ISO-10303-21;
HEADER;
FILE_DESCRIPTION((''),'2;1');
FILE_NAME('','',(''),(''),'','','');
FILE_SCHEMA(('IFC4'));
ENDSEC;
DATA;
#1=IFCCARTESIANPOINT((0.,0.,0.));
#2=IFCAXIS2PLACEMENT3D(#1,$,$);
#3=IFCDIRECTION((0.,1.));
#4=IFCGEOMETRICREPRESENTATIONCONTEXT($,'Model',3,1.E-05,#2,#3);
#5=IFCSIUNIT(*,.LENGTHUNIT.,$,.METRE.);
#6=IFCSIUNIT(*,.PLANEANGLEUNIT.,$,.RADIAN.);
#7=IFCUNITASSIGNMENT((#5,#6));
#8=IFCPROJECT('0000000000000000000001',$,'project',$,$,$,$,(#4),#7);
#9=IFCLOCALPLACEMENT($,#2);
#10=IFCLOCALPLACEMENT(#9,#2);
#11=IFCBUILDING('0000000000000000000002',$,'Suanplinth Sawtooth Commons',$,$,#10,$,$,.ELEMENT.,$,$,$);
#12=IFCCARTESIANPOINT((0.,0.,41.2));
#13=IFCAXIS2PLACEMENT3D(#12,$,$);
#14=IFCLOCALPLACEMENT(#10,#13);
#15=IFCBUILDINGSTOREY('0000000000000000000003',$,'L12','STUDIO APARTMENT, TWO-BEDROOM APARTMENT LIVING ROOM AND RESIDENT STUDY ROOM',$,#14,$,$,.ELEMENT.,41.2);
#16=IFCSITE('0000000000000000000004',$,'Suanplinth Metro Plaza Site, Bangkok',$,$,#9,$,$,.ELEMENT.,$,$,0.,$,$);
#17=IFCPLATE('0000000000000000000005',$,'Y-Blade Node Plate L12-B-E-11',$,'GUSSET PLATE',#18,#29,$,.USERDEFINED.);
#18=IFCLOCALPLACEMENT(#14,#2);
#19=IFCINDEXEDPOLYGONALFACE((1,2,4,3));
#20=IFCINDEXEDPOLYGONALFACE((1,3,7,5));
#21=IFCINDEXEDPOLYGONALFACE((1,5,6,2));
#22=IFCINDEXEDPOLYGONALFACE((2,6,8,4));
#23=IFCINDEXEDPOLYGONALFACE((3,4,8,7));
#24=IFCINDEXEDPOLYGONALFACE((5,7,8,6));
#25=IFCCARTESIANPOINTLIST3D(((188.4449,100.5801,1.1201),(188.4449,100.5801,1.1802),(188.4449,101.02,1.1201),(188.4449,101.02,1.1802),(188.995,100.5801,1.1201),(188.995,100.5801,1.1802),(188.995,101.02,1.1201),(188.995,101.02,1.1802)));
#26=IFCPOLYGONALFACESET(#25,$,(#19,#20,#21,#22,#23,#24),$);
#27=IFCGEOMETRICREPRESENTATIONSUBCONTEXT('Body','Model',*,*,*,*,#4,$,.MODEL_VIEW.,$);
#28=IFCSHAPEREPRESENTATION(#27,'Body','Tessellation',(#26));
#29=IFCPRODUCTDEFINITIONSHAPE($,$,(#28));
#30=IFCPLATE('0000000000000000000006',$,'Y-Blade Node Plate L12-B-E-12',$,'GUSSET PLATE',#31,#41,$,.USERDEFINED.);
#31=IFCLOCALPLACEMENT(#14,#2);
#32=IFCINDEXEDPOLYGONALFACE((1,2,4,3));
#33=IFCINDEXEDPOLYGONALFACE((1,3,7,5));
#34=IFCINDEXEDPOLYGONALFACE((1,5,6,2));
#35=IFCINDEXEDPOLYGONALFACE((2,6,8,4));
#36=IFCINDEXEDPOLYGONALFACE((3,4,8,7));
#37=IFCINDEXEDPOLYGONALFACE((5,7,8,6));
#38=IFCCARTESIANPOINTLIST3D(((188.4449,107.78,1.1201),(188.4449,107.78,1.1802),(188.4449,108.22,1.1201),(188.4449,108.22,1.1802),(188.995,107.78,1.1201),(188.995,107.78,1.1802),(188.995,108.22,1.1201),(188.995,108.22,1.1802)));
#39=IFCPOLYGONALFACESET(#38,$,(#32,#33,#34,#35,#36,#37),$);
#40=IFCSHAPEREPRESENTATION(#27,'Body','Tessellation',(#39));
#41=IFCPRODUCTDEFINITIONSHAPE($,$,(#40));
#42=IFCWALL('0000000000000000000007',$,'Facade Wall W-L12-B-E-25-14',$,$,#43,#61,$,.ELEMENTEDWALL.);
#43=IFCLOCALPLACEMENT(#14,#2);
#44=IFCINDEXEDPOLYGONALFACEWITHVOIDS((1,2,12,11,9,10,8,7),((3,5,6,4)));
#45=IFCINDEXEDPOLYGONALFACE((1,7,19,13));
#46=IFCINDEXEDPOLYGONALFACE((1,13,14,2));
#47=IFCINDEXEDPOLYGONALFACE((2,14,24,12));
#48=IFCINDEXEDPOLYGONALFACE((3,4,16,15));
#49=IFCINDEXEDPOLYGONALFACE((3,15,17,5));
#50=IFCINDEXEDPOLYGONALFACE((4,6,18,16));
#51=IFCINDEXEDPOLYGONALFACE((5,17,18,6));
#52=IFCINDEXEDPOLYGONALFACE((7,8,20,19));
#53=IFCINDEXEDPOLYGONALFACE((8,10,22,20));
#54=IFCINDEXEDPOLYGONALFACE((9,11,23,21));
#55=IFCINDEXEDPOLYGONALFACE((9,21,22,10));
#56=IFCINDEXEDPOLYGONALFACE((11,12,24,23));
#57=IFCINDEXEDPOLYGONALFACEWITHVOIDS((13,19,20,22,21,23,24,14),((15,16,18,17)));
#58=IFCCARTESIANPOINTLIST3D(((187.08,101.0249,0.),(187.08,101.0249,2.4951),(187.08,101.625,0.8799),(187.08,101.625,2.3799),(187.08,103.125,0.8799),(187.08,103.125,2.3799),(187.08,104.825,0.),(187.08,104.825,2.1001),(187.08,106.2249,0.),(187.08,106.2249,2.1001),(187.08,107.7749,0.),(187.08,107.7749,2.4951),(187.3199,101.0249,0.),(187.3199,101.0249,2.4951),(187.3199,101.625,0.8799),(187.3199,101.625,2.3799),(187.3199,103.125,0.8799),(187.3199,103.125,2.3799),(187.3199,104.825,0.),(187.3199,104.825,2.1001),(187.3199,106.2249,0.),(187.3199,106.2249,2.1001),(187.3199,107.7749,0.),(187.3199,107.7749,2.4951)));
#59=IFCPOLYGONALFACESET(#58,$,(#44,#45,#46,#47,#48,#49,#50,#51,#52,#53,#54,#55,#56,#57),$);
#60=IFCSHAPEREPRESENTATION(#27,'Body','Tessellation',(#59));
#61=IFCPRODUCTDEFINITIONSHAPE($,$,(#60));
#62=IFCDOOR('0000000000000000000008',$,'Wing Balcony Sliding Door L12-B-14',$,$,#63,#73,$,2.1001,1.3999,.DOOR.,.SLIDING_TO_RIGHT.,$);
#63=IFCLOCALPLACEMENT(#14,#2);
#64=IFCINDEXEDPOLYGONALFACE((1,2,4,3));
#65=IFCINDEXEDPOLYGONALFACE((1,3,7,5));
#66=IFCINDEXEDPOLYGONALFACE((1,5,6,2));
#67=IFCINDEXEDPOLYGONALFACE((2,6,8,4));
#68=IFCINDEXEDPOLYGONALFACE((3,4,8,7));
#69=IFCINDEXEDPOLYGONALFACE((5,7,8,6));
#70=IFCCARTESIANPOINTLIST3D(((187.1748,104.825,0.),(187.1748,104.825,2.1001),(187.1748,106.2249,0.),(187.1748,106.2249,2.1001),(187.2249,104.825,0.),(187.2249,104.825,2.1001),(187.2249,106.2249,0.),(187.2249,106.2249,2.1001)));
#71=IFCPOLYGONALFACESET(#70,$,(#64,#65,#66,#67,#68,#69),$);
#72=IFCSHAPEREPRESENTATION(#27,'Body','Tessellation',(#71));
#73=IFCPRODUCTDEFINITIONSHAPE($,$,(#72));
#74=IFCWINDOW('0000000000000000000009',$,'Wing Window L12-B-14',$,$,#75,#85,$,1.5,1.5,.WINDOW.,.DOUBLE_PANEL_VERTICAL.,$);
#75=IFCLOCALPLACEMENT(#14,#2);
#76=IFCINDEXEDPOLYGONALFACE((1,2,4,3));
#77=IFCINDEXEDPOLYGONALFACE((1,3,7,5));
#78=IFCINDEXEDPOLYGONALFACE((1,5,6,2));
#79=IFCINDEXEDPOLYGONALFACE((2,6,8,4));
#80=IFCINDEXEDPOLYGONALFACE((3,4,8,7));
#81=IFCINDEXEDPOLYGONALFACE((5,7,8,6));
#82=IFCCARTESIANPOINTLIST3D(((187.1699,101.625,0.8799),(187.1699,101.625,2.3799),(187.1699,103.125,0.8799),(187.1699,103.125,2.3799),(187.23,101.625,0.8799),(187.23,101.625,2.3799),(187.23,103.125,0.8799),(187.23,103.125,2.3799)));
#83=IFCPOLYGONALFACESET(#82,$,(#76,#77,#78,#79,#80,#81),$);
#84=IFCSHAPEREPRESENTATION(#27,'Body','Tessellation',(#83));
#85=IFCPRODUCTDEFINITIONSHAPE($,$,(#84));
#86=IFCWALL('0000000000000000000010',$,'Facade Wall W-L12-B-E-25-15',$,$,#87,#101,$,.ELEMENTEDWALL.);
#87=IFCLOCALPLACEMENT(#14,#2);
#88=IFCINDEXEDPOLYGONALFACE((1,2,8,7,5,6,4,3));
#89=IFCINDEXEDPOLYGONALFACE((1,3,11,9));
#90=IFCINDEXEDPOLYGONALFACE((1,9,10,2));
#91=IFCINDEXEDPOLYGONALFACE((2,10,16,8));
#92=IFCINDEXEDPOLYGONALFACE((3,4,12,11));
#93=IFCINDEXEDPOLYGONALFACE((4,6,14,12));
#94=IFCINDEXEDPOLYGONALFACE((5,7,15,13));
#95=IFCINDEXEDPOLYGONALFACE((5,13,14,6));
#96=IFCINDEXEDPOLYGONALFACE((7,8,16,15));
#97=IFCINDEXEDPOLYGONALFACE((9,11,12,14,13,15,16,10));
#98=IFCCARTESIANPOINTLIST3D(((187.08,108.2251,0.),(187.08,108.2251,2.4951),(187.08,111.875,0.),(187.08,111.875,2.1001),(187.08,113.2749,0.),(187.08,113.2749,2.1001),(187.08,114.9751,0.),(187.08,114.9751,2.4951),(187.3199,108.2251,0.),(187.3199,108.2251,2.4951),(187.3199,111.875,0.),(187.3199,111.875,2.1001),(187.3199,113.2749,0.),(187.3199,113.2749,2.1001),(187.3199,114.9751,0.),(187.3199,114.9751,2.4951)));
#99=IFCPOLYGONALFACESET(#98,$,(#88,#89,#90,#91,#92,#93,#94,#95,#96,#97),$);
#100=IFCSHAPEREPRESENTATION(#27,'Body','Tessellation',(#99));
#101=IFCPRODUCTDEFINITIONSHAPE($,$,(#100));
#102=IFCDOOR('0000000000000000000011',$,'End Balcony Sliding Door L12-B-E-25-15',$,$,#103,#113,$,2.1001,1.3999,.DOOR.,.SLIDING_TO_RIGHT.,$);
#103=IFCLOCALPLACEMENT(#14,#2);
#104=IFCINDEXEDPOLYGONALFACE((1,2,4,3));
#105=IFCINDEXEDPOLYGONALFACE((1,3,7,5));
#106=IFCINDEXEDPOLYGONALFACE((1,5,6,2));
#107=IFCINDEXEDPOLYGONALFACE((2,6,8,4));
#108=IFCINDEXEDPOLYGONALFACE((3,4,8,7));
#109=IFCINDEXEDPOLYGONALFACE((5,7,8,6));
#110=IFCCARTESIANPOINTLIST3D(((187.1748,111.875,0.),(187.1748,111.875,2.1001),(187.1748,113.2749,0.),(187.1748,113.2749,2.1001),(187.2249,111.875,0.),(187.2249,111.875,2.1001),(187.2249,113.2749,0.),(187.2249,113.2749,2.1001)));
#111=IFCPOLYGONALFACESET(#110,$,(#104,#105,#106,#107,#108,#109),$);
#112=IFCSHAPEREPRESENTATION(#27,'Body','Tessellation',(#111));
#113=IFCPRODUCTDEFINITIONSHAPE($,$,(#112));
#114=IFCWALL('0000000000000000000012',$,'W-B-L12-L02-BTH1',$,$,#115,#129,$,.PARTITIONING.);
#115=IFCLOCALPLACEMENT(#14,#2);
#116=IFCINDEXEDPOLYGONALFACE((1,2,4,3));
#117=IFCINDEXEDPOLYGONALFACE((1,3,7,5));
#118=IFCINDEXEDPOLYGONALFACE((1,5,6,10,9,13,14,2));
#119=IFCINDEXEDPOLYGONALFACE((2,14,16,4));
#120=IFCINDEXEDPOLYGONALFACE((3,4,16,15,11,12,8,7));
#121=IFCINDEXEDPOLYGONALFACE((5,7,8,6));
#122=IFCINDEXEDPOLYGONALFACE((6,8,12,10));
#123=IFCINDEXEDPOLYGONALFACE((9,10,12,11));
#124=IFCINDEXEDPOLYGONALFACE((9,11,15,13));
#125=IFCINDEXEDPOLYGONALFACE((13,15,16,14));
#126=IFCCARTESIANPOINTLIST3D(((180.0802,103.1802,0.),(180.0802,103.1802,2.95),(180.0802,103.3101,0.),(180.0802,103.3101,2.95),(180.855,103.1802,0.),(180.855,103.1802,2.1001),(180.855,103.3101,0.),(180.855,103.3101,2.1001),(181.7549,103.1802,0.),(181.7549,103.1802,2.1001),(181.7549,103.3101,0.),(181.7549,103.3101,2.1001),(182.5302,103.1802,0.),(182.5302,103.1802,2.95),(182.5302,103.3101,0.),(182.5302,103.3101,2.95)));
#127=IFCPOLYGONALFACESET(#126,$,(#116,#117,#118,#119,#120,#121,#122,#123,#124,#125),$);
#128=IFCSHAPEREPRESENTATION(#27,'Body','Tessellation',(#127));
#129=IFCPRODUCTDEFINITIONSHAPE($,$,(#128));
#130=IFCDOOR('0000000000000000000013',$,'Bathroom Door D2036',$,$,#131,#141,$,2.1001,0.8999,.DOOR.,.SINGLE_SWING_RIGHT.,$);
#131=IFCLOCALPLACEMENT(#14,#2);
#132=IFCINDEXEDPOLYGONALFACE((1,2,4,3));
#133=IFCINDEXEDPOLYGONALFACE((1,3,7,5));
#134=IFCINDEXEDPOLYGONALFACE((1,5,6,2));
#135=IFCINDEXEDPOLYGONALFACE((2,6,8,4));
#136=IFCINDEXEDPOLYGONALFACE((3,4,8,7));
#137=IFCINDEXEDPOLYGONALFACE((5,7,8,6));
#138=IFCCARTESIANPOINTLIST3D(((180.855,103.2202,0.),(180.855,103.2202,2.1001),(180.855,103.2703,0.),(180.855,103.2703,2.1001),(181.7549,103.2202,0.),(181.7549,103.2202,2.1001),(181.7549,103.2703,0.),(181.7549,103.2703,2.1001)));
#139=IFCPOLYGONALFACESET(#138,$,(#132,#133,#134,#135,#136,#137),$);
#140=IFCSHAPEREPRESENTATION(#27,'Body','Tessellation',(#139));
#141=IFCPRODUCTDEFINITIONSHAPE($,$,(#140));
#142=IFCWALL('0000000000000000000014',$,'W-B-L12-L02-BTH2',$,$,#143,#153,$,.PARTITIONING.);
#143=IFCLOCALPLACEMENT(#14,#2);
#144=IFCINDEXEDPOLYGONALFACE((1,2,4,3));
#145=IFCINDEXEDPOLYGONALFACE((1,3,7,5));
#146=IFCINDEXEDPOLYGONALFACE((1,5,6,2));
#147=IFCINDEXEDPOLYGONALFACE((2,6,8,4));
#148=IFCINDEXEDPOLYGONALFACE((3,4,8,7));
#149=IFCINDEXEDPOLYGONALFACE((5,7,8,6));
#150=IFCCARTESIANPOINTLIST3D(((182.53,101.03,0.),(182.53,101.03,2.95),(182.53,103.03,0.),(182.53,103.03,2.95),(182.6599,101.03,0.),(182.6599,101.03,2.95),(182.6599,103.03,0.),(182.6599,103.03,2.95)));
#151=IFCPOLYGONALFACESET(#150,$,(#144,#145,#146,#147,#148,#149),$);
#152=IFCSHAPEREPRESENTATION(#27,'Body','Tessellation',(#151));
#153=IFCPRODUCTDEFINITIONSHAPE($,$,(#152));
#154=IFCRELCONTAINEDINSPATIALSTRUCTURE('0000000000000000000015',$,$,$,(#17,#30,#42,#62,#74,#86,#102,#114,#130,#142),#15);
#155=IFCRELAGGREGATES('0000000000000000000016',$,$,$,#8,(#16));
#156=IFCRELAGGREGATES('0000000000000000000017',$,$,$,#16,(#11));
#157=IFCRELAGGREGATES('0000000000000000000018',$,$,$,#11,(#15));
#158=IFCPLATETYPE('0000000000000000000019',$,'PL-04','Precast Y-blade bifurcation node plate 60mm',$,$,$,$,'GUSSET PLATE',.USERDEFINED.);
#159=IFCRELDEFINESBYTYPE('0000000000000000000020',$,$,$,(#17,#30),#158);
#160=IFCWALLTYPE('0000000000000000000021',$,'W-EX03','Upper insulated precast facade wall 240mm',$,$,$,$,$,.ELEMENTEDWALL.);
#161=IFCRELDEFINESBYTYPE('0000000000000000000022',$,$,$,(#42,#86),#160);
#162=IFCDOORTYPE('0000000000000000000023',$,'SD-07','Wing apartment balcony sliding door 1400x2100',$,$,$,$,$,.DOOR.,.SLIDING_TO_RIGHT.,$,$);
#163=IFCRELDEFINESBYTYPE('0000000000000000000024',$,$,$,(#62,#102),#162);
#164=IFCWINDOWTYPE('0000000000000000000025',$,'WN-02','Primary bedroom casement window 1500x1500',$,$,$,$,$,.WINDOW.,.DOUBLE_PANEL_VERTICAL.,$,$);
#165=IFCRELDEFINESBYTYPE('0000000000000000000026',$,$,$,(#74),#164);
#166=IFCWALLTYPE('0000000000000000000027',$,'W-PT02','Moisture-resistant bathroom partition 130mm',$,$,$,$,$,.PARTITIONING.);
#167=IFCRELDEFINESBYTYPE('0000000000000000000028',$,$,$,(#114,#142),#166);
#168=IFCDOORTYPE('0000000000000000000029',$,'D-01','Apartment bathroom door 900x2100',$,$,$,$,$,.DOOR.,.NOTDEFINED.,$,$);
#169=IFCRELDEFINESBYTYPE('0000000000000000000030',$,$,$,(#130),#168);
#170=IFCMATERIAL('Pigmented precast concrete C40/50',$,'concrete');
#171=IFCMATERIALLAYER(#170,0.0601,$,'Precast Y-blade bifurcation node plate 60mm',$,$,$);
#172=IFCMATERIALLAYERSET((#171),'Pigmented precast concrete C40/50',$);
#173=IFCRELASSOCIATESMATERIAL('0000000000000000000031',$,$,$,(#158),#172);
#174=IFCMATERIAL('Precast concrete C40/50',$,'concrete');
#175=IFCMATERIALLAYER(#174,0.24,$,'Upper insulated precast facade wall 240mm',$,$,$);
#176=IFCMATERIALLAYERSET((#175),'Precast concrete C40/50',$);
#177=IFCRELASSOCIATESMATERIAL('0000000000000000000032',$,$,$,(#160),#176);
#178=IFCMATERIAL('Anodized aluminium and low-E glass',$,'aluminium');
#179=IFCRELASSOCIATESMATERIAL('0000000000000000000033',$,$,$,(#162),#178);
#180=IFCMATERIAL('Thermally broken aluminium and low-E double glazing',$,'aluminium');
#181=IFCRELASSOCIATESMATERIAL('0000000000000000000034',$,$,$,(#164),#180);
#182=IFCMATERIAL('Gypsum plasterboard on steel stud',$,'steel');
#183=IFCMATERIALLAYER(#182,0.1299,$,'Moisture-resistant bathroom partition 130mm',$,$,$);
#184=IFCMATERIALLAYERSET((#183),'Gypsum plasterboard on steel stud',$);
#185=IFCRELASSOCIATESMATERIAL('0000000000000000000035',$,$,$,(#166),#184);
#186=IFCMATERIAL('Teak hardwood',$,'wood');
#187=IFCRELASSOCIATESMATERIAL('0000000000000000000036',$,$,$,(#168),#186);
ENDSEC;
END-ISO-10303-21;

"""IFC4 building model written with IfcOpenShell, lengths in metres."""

from ifc_helpers import new_model, si_unit, direction, frame, frame_2d, origin, origin_2d, place, context, subcontext, project, spatial, rectangle, extrude, material, layer, layer_set, type_object, element, fill, save


model = new_model("IFC4")

# Units and contexts
model_context = context("Model", 3, precision=1e-05, world=origin(), true_north=direction((0.0, 1.0)))
body_context = subcontext(model_context, "Body", "Model", "MODEL_VIEW")
ifc_project = project(units=[si_unit("LENGTHUNIT", "METRE"), si_unit("PLANEANGLEUNIT", "RADIAN")], contexts=[model_context])

# Site, building, storey
site_placement = place(None, origin())
site = spatial("IfcSite", under=ifc_project, at=site_placement, Name="Suanplinth Metro Plaza Site, Bangkok", CompositionType="ELEMENT", RefElevation=0.0)
building_placement = place(site_placement, origin())
building = spatial("IfcBuilding", under=site, at=building_placement, Name="Suanplinth Sawtooth Commons", CompositionType="ELEMENT")
storey_placement = place(building_placement, frame((0.0, 0.0, 41.2)))
storey = spatial("IfcBuildingStorey", under=building, at=storey_placement, Name="L12", Description="STUDIO APARTMENT, TWO-BEDROOM APARTMENT LIVING ROOM AND RESIDENT STUDY ROOM", CompositionType="ELEMENT", Elevation=41.2)

# Shared definitions
ifc_material_1 = material(Name="Precast concrete C40/50", Category="concrete")

# Shared definitions
ifc_material_2 = material(Name="Pigmented precast concrete C40/50", Category="concrete")

# Plates
ifc_layer_1 = layer(ifc_material_2, 0.0601, Name="Precast Y-blade bifurcation node plate 60mm")
ifc_layer_set_1 = layer_set([ifc_layer_1], Name="Pigmented precast concrete C40/50")
plate_type = type_object("IfcPlateType", Name="PL-04", Description="Precast Y-blade bifurcation node plate 60mm", ElementType="GUSSET PLATE", PredefinedType="USERDEFINED", material=ifc_layer_set_1)
for number, where, z_axis, x_axis, name in (
    (1, (188.72, 100.8, 1.1201), (0.0, 0.0, 1.0), (0.0, 1.0, 0.0), "Y-Blade Node Plate L12-B-E-11"),
    (2, (188.72, 108.0, 1.1201), (0.0, 0.0, 1.0), (0.0, 1.0, 0.0), "Y-Blade Node Plate L12-B-E-12"),
):
    element("IfcPlate", number, at=place(storey_placement, frame(where, z_axis=z_axis, x_axis=x_axis)), inside=storey, type_object=plate_type, Name=name, ObjectType="GUSSET PLATE", PredefinedType="USERDEFINED", context=body_context, shape_type="SweptSolid", body=[
        extrude(rectangle(XDim=0.4399, YDim=0.55, at=origin_2d()), origin(), (0.0, 0.0, 1.0), 0.0601),
    ])

# Wall, openings, door, window
ifc_layer_2 = layer(ifc_material_1, 0.24, Name="Upper insulated precast facade wall 240mm")
ifc_layer_set_2 = layer_set([ifc_layer_2], Name="Precast concrete C40/50")
wall_type_1 = type_object("IfcWallType", Name="W-EX03", Description="Upper insulated precast facade wall 240mm", PredefinedType="ELEMENTEDWALL", material=ifc_layer_set_2)
wall_1_placement = place(storey_placement, frame((187.2, 101.0249, 0.0), z_axis=(0.0, 0.0, 1.0), x_axis=(0.0, 1.0, 0.0)))
wall_1 = element("IfcWall", 3, at=wall_1_placement, inside=storey, type_object=wall_type_1, Name="Facade Wall W-L12-B-E-25-14", PredefinedType="ELEMENTEDWALL", context=body_context, shape_type="SweptSolid", body=[
    extrude(rectangle(XDim=6.75, YDim=0.24, at=frame_2d((3.375, 0.0))), origin(), (0.0, 0.0, 1.0), 2.4951),
])
opening_1_placement = place(wall_1_placement, frame((3.8, 0.0, 0.0)))
opening_1 = element("IfcOpeningElement", 4, at=opening_1_placement, cuts=wall_1, PredefinedType="OPENING", context=body_context, shape_type="SweptSolid", body=[
    extrude(rectangle(XDim=1.3999, YDim=2.1001, at=frame_2d((0.7, 1.05))), frame((0.0, 0.1348, 0.0), z_axis=(0.0, -1.0, 0.0), x_axis=(1.0, 0.0, 0.0)), (0.0, 0.0, 1.0), 0.2698),
])
opening_2_placement = place(wall_1_placement, frame((0.6001, 0.0, 0.8799)))
opening_2 = element("IfcOpeningElement", 5, at=opening_2_placement, cuts=wall_1, PredefinedType="OPENING", context=body_context, shape_type="SweptSolid", body=[
    extrude(rectangle(XDim=1.5, YDim=1.5, at=frame_2d((0.75, 0.75))), frame((0.0, 0.1348, 0.0), z_axis=(0.0, -1.0, 0.0), x_axis=(1.0, 0.0, 0.0)), (0.0, 0.0, 1.0), 0.2698),
])
ifc_material_3 = material(Name="Anodized aluminium and low-E glass", Category="aluminium")
door_type_1 = type_object("IfcDoorType", Name="SD-07", Description="Wing apartment balcony sliding door 1400x2100", OperationType="SLIDING_TO_RIGHT", PredefinedType="DOOR", material=ifc_material_3)
door_1_placement = place(opening_1_placement, frame((1.3999, 0.0, 0.0), z_axis=(0.0, 0.0, 1.0), x_axis=(-1.0, 0.0, 0.0)))
door_1 = element("IfcDoor", 6, at=door_1_placement, inside=storey, type_object=door_type_1, Name="Wing Balcony Sliding Door L12-B-14", OperationType="SLIDING_TO_RIGHT", OverallHeight=2.1001, OverallWidth=1.3999, PredefinedType="DOOR", context=body_context, shape_type="SweptSolid", body=[
    extrude(rectangle(XDim=1.3999, YDim=2.1001, at=frame_2d((0.7, 1.05))), frame((0.0, 0.0249, 0.0), z_axis=(0.0, -1.0, 0.0), x_axis=(1.0, 0.0, 0.0)), (0.0, 0.0, 1.0), 0.05),
])
fill(opening_1, door_1)
ifc_material_4 = material(Name="Thermally broken aluminium and low-E double glazing", Category="aluminium")
window_type = type_object("IfcWindowType", Name="WN-02", Description="Primary bedroom casement window 1500x1500", PartitioningType="DOUBLE_PANEL_VERTICAL", PredefinedType="WINDOW", material=ifc_material_4)
window_placement = place(opening_2_placement, origin())
window = element("IfcWindow", 7, at=window_placement, inside=storey, type_object=window_type, Name="Wing Window L12-B-14", OverallHeight=1.5, OverallWidth=1.5, PartitioningType="DOUBLE_PANEL_VERTICAL", PredefinedType="WINDOW", context=body_context, shape_type="SweptSolid", body=[
    extrude(rectangle(XDim=1.5, YDim=1.5, at=frame_2d((0.75, 0.75))), frame((0.0, 0.03, 0.0), z_axis=(0.0, -1.0, 0.0), x_axis=(1.0, 0.0, 0.0)), (0.0, 0.0, 1.0), 0.0601),
])
fill(opening_2, window)

# Walls, openings, doors
wall_2_placement = place(storey_placement, frame((187.2, 108.2251, 0.0), z_axis=(0.0, 0.0, 1.0), x_axis=(0.0, 1.0, 0.0)))
wall_2 = element("IfcWall", 8, at=wall_2_placement, inside=storey, type_object=wall_type_1, Name="Facade Wall W-L12-B-E-25-15", PredefinedType="ELEMENTEDWALL", context=body_context, shape_type="SweptSolid", body=[
    extrude(rectangle(XDim=6.75, YDim=0.24, at=frame_2d((3.375, 0.0))), origin(), (0.0, 0.0, 1.0), 2.4951),
])
opening_3_placement = place(wall_2_placement, frame((3.6499, 0.0, 0.0)))
opening_3 = element("IfcOpeningElement", 9, at=opening_3_placement, cuts=wall_2, PredefinedType="OPENING", context=body_context, shape_type="SweptSolid", body=[
    extrude(rectangle(XDim=1.3999, YDim=2.1001, at=frame_2d((0.7, 1.05))), frame((0.0, 0.1348, 0.0), z_axis=(0.0, -1.0, 0.0), x_axis=(1.0, 0.0, 0.0)), (0.0, 0.0, 1.0), 0.2698),
])
door_2_placement = place(opening_3_placement, frame((1.3999, 0.0, 0.0), z_axis=(0.0, 0.0, 1.0), x_axis=(-1.0, 0.0, 0.0)))
door_2 = element("IfcDoor", 10, at=door_2_placement, inside=storey, type_object=door_type_1, Name="End Balcony Sliding Door L12-B-E-25-15", OperationType="SLIDING_TO_RIGHT", OverallHeight=2.1001, OverallWidth=1.3999, PredefinedType="DOOR", context=body_context, shape_type="SweptSolid", body=[
    extrude(rectangle(XDim=1.3999, YDim=2.1001, at=frame_2d((0.7, 1.05))), frame((0.0, 0.0249, 0.0), z_axis=(0.0, -1.0, 0.0), x_axis=(1.0, 0.0, 0.0)), (0.0, 0.0, 1.0), 0.05),
])
fill(opening_3, door_2)
ifc_material_5 = material(Name="Gypsum plasterboard on steel stud", Category="steel")
ifc_layer_3 = layer(ifc_material_5, 0.1299, Name="Moisture-resistant bathroom partition 130mm")
ifc_layer_set_3 = layer_set([ifc_layer_3], Name="Gypsum plasterboard on steel stud")
wall_type_2 = type_object("IfcWallType", Name="W-PT02", Description="Moisture-resistant bathroom partition 130mm", PredefinedType="PARTITIONING", material=ifc_layer_set_3)
wall_3_placement = place(storey_placement, frame((180.0801, 103.2451, 0.0), z_axis=(0.0, 0.0, 1.0), x_axis=(1.0, 0.0, 0.0)))
wall_3 = element("IfcWall", 11, at=wall_3_placement, inside=storey, type_object=wall_type_2, Name="W-B-L12-L02-BTH1", PredefinedType="PARTITIONING", context=body_context, shape_type="SweptSolid", body=[
    extrude(rectangle(XDim=2.45, YDim=0.1299, at=frame_2d((1.2251, 0.0))), origin(), (0.0, 0.0, 1.0), 2.95),
])
opening_4_placement = place(wall_3_placement, frame((0.7749, 0.0, 0.0)))
opening_4 = element("IfcOpeningElement", 12, at=opening_4_placement, cuts=wall_3, PredefinedType="OPENING", context=body_context, shape_type="SweptSolid", body=[
    extrude(rectangle(XDim=0.8999, YDim=2.1001, at=frame_2d((0.45, 1.05))), frame((0.0, 0.0798, 0.0), z_axis=(0.0, -1.0, 0.0), x_axis=(1.0, 0.0, 0.0)), (0.0, 0.0, 1.0), 0.1597),
])
ifc_material_6 = material(Name="Teak hardwood", Category="wood")
door_type_2 = type_object("IfcDoorType", Name="D-01", Description="Apartment bathroom door 900x2100", OperationType="NOTDEFINED", PredefinedType="DOOR", material=ifc_material_6)
door_3_placement = place(opening_4_placement, frame((0.8999, 0.0, 0.0), z_axis=(0.0, 0.0, 1.0), x_axis=(-1.0, 0.0, 0.0)))
door_3 = element("IfcDoor", 13, at=door_3_placement, inside=storey, type_object=door_type_2, Name="Bathroom Door D2036", OperationType="SINGLE_SWING_RIGHT", OverallHeight=2.1001, OverallWidth=0.8999, PredefinedType="DOOR", context=body_context, shape_type="SweptSolid", body=[
    extrude(rectangle(XDim=0.8999, YDim=2.1001, at=frame_2d((0.45, 1.05))), frame((0.0, 0.0249, 0.0), z_axis=(0.0, -1.0, 0.0), x_axis=(1.0, 0.0, 0.0)), (0.0, 0.0, 1.0), 0.05),
])
fill(opening_4, door_3)

# Wall
wall_4_placement = place(storey_placement, frame((182.595, 101.03, 0.0), z_axis=(0.0, 0.0, 1.0), x_axis=(0.0, 1.0, 0.0)))
element("IfcWall", 14, at=wall_4_placement, inside=storey, type_object=wall_type_2, Name="W-B-L12-L02-BTH2", PredefinedType="PARTITIONING", context=body_context, shape_type="SweptSolid", body=[
    extrude(rectangle(XDim=2.0, YDim=0.1299, at=frame_2d((1.0, 0.0))), origin(), (0.0, 0.0, 1.0), 2.95),
])

save(model, "model.ifc")
